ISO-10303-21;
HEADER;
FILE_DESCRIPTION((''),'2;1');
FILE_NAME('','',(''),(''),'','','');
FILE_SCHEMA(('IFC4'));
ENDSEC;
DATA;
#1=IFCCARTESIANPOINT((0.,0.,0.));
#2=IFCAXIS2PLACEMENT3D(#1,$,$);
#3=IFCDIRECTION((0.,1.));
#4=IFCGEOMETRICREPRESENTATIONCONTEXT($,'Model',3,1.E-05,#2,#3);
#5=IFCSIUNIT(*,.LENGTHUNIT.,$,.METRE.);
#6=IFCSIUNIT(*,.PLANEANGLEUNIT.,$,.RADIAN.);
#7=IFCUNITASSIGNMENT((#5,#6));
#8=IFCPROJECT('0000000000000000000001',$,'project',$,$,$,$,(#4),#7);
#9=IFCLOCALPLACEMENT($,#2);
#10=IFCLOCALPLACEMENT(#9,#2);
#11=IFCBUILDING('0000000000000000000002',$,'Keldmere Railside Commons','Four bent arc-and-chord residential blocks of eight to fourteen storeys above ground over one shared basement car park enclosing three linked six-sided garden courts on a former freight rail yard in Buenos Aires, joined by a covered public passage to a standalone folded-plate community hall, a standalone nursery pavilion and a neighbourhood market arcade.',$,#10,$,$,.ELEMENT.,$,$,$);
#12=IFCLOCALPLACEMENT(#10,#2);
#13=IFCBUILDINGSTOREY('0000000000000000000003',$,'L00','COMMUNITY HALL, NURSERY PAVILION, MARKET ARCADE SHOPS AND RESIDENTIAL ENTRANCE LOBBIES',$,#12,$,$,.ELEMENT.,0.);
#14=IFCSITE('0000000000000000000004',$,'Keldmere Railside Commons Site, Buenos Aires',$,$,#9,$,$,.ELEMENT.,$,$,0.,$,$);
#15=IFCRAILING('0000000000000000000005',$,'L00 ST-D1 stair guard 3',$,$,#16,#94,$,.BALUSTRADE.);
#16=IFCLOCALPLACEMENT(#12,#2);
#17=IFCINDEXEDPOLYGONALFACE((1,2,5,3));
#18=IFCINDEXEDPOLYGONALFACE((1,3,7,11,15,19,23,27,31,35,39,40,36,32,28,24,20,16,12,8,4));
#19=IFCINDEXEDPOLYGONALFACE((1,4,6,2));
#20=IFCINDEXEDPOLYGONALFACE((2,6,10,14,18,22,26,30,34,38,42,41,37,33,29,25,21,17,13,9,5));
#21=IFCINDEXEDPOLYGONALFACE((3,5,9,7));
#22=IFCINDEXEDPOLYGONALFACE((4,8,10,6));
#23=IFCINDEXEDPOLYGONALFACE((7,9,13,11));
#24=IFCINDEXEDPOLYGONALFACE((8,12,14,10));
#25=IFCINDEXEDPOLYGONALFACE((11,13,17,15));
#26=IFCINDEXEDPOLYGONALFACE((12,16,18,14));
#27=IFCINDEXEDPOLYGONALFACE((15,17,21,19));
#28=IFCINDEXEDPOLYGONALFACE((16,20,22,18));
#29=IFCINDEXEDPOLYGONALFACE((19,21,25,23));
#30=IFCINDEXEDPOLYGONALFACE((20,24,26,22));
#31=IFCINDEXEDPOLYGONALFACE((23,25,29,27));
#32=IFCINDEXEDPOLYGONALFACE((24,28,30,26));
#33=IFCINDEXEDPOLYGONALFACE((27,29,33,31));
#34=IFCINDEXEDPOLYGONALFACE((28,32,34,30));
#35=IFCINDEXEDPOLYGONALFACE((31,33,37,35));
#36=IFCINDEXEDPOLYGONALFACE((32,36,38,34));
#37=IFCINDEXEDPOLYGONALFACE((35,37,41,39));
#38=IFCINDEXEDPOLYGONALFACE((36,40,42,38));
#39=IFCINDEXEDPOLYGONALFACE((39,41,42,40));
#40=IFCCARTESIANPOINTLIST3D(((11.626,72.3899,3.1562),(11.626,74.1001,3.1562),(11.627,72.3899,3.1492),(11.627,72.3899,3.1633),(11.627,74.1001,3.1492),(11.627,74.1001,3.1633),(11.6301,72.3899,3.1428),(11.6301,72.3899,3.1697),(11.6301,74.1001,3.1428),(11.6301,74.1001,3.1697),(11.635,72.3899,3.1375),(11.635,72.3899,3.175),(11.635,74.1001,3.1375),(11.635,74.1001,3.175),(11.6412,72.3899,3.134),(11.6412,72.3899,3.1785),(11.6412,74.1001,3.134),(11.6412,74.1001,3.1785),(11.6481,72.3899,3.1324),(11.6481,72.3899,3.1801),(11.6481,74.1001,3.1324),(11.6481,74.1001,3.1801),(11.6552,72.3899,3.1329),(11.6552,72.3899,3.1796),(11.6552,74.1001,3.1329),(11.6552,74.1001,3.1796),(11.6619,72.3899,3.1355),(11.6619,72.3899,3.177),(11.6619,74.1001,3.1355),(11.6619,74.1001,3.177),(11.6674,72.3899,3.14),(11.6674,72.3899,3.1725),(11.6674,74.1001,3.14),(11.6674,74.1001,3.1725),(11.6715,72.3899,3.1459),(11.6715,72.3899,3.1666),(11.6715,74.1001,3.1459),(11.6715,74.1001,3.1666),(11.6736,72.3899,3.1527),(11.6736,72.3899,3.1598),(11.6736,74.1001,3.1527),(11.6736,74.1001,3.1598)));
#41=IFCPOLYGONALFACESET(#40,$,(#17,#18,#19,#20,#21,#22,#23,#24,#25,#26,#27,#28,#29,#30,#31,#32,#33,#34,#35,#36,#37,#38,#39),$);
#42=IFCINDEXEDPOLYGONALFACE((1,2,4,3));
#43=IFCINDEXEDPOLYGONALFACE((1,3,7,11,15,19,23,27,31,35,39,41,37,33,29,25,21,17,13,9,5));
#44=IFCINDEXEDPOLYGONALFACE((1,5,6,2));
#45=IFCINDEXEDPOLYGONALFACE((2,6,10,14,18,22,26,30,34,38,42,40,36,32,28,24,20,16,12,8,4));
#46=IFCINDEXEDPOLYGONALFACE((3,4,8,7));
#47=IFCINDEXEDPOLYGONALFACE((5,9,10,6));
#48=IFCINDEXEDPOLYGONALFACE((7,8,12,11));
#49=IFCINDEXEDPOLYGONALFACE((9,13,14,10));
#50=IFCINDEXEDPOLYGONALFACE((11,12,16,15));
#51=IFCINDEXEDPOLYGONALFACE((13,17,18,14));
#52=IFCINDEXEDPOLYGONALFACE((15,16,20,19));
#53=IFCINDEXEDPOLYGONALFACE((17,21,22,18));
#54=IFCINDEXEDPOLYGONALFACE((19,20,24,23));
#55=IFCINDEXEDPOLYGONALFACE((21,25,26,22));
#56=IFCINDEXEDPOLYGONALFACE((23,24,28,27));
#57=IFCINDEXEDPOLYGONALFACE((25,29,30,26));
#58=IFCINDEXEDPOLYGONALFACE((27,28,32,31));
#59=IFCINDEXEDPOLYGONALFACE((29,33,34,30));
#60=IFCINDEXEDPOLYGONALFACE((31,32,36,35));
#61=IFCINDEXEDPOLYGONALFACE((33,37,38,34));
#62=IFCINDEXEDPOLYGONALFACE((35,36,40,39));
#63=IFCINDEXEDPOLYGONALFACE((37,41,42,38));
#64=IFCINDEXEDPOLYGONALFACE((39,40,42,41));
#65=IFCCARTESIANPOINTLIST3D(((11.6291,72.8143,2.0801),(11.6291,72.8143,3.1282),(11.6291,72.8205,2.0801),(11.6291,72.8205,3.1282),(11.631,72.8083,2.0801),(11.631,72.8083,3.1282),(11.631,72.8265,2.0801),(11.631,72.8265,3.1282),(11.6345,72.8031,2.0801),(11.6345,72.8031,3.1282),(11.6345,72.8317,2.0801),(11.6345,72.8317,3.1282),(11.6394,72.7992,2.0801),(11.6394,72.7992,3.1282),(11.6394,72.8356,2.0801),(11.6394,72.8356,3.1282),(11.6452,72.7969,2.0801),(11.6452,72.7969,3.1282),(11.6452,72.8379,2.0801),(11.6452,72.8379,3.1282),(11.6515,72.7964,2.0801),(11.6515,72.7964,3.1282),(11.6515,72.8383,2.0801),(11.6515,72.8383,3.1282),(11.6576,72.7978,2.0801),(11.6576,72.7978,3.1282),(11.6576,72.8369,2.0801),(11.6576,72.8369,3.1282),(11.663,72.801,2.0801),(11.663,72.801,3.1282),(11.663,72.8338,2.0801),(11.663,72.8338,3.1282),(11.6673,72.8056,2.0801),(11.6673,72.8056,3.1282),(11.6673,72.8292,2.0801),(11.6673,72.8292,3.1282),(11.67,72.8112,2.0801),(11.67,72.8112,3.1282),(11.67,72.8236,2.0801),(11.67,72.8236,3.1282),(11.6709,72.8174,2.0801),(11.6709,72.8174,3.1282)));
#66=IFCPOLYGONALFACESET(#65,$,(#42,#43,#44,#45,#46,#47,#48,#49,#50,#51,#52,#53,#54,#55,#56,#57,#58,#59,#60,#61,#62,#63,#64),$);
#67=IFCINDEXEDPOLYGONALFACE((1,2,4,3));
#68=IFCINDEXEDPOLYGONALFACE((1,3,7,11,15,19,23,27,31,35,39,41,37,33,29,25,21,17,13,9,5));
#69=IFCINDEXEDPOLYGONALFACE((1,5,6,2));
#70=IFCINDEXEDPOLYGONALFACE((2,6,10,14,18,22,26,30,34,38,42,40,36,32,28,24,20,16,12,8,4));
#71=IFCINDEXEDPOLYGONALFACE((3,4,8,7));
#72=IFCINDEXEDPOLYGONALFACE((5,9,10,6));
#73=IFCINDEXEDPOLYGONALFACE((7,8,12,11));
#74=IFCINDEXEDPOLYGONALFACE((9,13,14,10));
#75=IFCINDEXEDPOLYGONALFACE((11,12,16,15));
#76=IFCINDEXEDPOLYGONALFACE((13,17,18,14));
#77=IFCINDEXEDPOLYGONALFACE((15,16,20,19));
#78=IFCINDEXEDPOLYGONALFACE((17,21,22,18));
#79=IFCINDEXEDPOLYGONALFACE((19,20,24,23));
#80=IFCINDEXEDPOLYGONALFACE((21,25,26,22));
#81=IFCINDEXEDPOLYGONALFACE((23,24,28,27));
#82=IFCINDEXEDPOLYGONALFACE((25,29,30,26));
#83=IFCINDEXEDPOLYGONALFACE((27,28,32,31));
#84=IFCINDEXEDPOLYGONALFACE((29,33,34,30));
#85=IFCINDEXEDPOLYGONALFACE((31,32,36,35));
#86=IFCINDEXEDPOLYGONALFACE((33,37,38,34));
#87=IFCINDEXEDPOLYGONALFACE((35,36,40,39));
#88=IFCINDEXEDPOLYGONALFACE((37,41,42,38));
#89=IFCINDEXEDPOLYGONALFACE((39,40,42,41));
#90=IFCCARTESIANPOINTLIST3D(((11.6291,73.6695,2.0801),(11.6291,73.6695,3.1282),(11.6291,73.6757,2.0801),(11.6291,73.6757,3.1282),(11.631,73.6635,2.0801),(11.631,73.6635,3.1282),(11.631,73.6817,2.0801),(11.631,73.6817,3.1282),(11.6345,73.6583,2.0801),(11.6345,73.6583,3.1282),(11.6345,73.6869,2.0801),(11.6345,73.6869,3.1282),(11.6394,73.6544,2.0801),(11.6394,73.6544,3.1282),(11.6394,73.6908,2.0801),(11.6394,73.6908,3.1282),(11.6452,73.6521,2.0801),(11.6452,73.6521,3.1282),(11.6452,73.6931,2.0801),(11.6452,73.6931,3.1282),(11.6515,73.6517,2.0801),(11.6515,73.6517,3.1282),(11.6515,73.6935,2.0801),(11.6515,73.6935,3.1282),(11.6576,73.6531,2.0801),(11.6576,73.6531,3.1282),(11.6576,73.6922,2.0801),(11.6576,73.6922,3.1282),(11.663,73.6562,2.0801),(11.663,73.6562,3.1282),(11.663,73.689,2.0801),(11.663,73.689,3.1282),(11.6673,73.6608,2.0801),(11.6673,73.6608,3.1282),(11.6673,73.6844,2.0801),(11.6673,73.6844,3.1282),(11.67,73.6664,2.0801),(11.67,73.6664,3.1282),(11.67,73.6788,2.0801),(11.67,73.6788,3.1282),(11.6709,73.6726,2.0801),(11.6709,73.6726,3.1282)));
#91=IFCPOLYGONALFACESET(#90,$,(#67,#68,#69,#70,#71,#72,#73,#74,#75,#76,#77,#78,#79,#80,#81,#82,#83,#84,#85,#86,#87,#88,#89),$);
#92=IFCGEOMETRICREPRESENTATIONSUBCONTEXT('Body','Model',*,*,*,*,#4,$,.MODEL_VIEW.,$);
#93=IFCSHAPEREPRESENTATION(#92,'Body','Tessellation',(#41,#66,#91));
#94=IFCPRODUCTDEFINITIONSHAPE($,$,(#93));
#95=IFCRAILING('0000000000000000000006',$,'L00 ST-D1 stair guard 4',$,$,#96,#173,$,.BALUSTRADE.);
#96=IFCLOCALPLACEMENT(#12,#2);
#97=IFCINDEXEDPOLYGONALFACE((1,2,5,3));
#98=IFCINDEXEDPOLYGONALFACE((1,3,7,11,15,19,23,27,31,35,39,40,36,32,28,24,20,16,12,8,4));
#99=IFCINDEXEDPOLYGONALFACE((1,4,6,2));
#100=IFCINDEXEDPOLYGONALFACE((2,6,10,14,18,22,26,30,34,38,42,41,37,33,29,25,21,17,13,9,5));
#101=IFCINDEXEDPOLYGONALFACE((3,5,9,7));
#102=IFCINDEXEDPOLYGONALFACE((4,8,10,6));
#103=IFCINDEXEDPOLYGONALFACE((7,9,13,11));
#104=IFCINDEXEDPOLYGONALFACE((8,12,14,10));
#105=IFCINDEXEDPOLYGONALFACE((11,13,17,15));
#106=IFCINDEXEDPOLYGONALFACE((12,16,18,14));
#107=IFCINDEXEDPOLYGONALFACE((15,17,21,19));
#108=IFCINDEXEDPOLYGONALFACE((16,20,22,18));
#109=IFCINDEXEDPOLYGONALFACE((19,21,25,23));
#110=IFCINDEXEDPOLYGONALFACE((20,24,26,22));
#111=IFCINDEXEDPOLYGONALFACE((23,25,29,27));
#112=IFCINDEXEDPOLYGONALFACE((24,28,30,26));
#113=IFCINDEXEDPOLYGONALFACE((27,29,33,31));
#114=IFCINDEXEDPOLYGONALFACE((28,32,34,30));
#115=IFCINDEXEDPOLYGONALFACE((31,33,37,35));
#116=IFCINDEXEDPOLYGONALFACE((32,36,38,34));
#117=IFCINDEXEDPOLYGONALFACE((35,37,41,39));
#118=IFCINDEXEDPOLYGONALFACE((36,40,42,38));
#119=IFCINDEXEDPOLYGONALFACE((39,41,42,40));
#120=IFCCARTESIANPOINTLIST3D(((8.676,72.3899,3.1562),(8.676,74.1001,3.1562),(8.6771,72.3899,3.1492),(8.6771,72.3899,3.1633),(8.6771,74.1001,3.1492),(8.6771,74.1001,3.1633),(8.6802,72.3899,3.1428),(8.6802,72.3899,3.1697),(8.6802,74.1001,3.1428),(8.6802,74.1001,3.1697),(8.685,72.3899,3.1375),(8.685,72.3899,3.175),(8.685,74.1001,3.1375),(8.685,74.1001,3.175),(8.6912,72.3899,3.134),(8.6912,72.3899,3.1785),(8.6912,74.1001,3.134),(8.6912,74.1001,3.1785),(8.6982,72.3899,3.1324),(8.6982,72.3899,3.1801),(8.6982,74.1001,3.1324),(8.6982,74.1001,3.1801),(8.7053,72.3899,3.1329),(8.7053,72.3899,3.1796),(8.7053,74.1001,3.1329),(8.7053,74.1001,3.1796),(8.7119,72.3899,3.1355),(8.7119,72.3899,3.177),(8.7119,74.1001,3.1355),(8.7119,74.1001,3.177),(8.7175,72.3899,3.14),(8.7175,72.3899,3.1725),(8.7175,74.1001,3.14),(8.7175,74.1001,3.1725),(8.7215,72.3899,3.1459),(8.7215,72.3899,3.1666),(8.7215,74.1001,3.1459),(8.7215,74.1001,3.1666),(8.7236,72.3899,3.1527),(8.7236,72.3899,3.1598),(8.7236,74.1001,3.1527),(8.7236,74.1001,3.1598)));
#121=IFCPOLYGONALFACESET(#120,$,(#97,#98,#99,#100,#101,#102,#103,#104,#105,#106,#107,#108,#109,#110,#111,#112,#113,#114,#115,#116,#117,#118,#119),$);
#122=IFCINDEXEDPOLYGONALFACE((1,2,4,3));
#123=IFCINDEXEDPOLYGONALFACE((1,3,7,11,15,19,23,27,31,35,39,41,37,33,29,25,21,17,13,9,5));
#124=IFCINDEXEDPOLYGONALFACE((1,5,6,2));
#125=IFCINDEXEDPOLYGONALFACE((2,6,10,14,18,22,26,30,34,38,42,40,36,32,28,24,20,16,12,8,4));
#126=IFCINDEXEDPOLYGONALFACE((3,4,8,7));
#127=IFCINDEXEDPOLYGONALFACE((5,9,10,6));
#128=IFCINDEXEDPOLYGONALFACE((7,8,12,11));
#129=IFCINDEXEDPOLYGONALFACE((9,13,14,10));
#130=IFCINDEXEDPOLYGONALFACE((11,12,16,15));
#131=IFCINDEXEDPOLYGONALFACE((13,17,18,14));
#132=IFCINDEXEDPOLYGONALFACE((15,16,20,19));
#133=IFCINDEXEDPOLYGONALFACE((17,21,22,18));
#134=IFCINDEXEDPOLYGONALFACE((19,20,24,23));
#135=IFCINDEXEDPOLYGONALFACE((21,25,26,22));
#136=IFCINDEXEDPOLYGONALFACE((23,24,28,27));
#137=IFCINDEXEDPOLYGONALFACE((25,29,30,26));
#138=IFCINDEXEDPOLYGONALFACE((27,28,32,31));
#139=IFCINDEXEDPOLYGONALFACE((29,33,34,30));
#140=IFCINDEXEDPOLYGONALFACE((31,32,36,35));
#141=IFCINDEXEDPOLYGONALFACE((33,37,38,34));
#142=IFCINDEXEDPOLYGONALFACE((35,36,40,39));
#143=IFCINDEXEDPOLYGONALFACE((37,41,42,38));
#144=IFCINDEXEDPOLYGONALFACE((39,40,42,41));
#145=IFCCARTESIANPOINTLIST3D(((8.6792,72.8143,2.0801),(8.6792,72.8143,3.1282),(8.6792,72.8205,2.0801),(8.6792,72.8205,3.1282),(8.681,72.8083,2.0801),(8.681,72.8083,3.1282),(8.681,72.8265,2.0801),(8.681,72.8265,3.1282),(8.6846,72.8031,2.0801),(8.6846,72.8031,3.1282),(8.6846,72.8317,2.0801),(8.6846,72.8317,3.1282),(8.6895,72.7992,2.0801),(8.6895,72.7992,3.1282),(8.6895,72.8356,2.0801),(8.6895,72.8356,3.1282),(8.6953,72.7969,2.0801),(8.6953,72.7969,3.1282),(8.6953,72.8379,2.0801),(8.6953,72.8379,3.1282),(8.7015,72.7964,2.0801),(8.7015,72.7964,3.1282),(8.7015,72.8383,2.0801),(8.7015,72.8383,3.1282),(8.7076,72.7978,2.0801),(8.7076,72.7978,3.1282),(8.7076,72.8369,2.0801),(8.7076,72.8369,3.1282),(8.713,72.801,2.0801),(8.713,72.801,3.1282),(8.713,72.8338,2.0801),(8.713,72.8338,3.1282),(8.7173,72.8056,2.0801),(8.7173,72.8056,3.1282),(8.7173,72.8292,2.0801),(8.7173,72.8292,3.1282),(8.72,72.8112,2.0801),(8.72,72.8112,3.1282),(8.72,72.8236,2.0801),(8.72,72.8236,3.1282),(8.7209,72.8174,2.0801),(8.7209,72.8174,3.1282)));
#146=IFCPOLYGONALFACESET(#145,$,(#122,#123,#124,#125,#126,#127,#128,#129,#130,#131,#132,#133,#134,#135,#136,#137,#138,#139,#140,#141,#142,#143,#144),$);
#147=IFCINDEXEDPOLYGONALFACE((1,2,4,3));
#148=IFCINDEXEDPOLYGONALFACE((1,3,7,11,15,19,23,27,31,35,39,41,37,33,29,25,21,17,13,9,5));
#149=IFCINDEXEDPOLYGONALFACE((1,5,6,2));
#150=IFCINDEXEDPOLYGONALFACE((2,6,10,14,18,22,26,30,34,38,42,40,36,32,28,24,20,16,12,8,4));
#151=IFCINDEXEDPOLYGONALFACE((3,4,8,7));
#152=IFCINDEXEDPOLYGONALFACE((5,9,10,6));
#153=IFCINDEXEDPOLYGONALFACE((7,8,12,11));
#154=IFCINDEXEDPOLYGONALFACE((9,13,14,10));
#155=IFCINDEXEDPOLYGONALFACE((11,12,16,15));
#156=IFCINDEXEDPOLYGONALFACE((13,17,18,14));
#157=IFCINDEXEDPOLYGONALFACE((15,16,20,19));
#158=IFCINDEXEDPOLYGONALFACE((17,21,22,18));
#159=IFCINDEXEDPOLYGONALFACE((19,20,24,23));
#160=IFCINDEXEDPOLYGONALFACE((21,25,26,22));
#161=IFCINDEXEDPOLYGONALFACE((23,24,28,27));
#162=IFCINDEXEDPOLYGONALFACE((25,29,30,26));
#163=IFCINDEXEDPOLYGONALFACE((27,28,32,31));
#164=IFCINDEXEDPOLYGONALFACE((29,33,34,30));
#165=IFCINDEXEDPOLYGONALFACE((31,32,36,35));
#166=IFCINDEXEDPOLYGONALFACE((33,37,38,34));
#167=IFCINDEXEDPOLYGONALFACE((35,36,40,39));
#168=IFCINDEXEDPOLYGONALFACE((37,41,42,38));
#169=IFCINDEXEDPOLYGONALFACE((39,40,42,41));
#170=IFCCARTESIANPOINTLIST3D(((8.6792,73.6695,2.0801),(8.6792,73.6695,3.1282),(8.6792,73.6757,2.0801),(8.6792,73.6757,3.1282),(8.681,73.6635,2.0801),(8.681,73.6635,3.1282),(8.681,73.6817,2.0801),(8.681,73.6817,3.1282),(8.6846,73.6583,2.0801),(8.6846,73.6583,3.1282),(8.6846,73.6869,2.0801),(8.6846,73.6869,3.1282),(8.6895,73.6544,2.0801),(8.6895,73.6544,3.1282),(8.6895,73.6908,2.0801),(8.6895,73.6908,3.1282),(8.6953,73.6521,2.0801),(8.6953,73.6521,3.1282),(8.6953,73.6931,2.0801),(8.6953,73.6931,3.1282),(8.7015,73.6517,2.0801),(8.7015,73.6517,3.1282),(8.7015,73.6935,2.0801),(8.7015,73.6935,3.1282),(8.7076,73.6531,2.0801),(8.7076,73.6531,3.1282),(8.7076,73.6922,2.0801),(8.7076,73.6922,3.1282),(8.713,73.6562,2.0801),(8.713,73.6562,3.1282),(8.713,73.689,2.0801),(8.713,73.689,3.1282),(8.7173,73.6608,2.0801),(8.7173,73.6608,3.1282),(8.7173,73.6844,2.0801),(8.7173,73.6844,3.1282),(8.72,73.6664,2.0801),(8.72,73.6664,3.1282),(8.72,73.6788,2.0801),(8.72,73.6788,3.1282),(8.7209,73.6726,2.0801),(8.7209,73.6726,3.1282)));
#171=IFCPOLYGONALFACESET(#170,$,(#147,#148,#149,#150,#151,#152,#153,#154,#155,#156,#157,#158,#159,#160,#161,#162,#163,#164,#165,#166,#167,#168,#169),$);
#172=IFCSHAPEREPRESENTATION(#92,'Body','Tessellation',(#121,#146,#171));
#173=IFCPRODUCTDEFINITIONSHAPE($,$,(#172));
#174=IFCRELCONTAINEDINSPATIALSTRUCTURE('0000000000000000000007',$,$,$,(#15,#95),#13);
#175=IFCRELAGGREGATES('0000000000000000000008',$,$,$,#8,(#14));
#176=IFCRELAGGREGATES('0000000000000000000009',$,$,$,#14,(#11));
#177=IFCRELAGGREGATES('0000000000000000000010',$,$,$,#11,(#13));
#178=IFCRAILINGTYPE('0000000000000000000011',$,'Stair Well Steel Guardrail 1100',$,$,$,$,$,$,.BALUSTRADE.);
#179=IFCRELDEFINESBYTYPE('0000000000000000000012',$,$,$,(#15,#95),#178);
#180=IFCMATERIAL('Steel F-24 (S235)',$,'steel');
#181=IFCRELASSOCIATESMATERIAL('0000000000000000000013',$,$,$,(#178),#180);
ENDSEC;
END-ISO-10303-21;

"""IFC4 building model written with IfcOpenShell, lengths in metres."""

from ifc_helpers import new_model, si_unit, direction, frame, origin, origin_2d, place, context, subcontext, project, spatial, circle, extrude, material, type_object, element, save


model = new_model("IFC4")

# Units and contexts
model_context = context("Model", 3, precision=1e-05, world=origin(), true_north=direction((0.0, 1.0)))
body_context = subcontext(model_context, "Body", "Model", "MODEL_VIEW")
ifc_project = project(units=[si_unit("LENGTHUNIT", "METRE"), si_unit("PLANEANGLEUNIT", "RADIAN")], contexts=[model_context])

# Site, building, storey
site_placement = place(None, origin())
site = spatial("IfcSite", under=ifc_project, at=site_placement, Name="Keldmere Railside Commons Site, Buenos Aires", CompositionType="ELEMENT", RefElevation=0.0)
building_placement = place(site_placement, origin())
building = spatial("IfcBuilding", under=site, at=building_placement, Name="Keldmere Railside Commons", Description="Four bent arc-and-chord residential blocks of eight to fourteen storeys above ground over one shared basement car park enclosing three linked six-sided garden courts on a former freight rail yard in Buenos Aires, joined by a covered public passage to a standalone folded-plate community hall, a standalone nursery pavilion and a neighbourhood market arcade.", CompositionType="ELEMENT")
storey_placement = place(building_placement, origin())
storey = spatial("IfcBuildingStorey", under=building, at=storey_placement, Name="L00", Description="COMMUNITY HALL, NURSERY PAVILION, MARKET ARCADE SHOPS AND RESIDENTIAL ENTRANCE LOBBIES", CompositionType="ELEMENT", Elevation=0.0)

# Shared definitions
ifc_material_1 = material(Name="Steel F-24 (S235)", Category="steel")

# Railings
railing_type_1 = type_object("IfcRailingType", Name="Stair Well Steel Guardrail 1100", PredefinedType="BALUSTRADE", material=ifc_material_1)
for number, where, name in (
    (1, (11.6499, 72.3899, 2.0801), "L00 ST-D1 stair guard 3"),
    (2, (8.7, 72.3899, 2.0801), "L00 ST-D1 stair guard 4"),
):
    element("IfcRailing", number, at=place(storey_placement, frame(where)), inside=storey, type_object=railing_type_1, Name=name, PredefinedType="BALUSTRADE", context=body_context, shape_type="SweptSolid", body=[
        extrude(circle(Radius=0.0239, at=origin_2d()), frame((0.0, 0.0, 1.0762), z_axis=(0.0, 1.0, 0.0), x_axis=(-1.0, 0.0, 0.0)), (0.0, 0.0, 1.0), 1.7102),
        extrude(circle(Radius=0.021, at=origin_2d()), frame((0.0, 0.4275, 0.0)), (0.0, 0.0, 1.0), 1.0481),
        extrude(circle(Radius=0.021, at=origin_2d()), frame((0.0, 1.2827, 0.0)), (0.0, 0.0, 1.0), 1.0481),
    ])

save(model, "model.ifc")
